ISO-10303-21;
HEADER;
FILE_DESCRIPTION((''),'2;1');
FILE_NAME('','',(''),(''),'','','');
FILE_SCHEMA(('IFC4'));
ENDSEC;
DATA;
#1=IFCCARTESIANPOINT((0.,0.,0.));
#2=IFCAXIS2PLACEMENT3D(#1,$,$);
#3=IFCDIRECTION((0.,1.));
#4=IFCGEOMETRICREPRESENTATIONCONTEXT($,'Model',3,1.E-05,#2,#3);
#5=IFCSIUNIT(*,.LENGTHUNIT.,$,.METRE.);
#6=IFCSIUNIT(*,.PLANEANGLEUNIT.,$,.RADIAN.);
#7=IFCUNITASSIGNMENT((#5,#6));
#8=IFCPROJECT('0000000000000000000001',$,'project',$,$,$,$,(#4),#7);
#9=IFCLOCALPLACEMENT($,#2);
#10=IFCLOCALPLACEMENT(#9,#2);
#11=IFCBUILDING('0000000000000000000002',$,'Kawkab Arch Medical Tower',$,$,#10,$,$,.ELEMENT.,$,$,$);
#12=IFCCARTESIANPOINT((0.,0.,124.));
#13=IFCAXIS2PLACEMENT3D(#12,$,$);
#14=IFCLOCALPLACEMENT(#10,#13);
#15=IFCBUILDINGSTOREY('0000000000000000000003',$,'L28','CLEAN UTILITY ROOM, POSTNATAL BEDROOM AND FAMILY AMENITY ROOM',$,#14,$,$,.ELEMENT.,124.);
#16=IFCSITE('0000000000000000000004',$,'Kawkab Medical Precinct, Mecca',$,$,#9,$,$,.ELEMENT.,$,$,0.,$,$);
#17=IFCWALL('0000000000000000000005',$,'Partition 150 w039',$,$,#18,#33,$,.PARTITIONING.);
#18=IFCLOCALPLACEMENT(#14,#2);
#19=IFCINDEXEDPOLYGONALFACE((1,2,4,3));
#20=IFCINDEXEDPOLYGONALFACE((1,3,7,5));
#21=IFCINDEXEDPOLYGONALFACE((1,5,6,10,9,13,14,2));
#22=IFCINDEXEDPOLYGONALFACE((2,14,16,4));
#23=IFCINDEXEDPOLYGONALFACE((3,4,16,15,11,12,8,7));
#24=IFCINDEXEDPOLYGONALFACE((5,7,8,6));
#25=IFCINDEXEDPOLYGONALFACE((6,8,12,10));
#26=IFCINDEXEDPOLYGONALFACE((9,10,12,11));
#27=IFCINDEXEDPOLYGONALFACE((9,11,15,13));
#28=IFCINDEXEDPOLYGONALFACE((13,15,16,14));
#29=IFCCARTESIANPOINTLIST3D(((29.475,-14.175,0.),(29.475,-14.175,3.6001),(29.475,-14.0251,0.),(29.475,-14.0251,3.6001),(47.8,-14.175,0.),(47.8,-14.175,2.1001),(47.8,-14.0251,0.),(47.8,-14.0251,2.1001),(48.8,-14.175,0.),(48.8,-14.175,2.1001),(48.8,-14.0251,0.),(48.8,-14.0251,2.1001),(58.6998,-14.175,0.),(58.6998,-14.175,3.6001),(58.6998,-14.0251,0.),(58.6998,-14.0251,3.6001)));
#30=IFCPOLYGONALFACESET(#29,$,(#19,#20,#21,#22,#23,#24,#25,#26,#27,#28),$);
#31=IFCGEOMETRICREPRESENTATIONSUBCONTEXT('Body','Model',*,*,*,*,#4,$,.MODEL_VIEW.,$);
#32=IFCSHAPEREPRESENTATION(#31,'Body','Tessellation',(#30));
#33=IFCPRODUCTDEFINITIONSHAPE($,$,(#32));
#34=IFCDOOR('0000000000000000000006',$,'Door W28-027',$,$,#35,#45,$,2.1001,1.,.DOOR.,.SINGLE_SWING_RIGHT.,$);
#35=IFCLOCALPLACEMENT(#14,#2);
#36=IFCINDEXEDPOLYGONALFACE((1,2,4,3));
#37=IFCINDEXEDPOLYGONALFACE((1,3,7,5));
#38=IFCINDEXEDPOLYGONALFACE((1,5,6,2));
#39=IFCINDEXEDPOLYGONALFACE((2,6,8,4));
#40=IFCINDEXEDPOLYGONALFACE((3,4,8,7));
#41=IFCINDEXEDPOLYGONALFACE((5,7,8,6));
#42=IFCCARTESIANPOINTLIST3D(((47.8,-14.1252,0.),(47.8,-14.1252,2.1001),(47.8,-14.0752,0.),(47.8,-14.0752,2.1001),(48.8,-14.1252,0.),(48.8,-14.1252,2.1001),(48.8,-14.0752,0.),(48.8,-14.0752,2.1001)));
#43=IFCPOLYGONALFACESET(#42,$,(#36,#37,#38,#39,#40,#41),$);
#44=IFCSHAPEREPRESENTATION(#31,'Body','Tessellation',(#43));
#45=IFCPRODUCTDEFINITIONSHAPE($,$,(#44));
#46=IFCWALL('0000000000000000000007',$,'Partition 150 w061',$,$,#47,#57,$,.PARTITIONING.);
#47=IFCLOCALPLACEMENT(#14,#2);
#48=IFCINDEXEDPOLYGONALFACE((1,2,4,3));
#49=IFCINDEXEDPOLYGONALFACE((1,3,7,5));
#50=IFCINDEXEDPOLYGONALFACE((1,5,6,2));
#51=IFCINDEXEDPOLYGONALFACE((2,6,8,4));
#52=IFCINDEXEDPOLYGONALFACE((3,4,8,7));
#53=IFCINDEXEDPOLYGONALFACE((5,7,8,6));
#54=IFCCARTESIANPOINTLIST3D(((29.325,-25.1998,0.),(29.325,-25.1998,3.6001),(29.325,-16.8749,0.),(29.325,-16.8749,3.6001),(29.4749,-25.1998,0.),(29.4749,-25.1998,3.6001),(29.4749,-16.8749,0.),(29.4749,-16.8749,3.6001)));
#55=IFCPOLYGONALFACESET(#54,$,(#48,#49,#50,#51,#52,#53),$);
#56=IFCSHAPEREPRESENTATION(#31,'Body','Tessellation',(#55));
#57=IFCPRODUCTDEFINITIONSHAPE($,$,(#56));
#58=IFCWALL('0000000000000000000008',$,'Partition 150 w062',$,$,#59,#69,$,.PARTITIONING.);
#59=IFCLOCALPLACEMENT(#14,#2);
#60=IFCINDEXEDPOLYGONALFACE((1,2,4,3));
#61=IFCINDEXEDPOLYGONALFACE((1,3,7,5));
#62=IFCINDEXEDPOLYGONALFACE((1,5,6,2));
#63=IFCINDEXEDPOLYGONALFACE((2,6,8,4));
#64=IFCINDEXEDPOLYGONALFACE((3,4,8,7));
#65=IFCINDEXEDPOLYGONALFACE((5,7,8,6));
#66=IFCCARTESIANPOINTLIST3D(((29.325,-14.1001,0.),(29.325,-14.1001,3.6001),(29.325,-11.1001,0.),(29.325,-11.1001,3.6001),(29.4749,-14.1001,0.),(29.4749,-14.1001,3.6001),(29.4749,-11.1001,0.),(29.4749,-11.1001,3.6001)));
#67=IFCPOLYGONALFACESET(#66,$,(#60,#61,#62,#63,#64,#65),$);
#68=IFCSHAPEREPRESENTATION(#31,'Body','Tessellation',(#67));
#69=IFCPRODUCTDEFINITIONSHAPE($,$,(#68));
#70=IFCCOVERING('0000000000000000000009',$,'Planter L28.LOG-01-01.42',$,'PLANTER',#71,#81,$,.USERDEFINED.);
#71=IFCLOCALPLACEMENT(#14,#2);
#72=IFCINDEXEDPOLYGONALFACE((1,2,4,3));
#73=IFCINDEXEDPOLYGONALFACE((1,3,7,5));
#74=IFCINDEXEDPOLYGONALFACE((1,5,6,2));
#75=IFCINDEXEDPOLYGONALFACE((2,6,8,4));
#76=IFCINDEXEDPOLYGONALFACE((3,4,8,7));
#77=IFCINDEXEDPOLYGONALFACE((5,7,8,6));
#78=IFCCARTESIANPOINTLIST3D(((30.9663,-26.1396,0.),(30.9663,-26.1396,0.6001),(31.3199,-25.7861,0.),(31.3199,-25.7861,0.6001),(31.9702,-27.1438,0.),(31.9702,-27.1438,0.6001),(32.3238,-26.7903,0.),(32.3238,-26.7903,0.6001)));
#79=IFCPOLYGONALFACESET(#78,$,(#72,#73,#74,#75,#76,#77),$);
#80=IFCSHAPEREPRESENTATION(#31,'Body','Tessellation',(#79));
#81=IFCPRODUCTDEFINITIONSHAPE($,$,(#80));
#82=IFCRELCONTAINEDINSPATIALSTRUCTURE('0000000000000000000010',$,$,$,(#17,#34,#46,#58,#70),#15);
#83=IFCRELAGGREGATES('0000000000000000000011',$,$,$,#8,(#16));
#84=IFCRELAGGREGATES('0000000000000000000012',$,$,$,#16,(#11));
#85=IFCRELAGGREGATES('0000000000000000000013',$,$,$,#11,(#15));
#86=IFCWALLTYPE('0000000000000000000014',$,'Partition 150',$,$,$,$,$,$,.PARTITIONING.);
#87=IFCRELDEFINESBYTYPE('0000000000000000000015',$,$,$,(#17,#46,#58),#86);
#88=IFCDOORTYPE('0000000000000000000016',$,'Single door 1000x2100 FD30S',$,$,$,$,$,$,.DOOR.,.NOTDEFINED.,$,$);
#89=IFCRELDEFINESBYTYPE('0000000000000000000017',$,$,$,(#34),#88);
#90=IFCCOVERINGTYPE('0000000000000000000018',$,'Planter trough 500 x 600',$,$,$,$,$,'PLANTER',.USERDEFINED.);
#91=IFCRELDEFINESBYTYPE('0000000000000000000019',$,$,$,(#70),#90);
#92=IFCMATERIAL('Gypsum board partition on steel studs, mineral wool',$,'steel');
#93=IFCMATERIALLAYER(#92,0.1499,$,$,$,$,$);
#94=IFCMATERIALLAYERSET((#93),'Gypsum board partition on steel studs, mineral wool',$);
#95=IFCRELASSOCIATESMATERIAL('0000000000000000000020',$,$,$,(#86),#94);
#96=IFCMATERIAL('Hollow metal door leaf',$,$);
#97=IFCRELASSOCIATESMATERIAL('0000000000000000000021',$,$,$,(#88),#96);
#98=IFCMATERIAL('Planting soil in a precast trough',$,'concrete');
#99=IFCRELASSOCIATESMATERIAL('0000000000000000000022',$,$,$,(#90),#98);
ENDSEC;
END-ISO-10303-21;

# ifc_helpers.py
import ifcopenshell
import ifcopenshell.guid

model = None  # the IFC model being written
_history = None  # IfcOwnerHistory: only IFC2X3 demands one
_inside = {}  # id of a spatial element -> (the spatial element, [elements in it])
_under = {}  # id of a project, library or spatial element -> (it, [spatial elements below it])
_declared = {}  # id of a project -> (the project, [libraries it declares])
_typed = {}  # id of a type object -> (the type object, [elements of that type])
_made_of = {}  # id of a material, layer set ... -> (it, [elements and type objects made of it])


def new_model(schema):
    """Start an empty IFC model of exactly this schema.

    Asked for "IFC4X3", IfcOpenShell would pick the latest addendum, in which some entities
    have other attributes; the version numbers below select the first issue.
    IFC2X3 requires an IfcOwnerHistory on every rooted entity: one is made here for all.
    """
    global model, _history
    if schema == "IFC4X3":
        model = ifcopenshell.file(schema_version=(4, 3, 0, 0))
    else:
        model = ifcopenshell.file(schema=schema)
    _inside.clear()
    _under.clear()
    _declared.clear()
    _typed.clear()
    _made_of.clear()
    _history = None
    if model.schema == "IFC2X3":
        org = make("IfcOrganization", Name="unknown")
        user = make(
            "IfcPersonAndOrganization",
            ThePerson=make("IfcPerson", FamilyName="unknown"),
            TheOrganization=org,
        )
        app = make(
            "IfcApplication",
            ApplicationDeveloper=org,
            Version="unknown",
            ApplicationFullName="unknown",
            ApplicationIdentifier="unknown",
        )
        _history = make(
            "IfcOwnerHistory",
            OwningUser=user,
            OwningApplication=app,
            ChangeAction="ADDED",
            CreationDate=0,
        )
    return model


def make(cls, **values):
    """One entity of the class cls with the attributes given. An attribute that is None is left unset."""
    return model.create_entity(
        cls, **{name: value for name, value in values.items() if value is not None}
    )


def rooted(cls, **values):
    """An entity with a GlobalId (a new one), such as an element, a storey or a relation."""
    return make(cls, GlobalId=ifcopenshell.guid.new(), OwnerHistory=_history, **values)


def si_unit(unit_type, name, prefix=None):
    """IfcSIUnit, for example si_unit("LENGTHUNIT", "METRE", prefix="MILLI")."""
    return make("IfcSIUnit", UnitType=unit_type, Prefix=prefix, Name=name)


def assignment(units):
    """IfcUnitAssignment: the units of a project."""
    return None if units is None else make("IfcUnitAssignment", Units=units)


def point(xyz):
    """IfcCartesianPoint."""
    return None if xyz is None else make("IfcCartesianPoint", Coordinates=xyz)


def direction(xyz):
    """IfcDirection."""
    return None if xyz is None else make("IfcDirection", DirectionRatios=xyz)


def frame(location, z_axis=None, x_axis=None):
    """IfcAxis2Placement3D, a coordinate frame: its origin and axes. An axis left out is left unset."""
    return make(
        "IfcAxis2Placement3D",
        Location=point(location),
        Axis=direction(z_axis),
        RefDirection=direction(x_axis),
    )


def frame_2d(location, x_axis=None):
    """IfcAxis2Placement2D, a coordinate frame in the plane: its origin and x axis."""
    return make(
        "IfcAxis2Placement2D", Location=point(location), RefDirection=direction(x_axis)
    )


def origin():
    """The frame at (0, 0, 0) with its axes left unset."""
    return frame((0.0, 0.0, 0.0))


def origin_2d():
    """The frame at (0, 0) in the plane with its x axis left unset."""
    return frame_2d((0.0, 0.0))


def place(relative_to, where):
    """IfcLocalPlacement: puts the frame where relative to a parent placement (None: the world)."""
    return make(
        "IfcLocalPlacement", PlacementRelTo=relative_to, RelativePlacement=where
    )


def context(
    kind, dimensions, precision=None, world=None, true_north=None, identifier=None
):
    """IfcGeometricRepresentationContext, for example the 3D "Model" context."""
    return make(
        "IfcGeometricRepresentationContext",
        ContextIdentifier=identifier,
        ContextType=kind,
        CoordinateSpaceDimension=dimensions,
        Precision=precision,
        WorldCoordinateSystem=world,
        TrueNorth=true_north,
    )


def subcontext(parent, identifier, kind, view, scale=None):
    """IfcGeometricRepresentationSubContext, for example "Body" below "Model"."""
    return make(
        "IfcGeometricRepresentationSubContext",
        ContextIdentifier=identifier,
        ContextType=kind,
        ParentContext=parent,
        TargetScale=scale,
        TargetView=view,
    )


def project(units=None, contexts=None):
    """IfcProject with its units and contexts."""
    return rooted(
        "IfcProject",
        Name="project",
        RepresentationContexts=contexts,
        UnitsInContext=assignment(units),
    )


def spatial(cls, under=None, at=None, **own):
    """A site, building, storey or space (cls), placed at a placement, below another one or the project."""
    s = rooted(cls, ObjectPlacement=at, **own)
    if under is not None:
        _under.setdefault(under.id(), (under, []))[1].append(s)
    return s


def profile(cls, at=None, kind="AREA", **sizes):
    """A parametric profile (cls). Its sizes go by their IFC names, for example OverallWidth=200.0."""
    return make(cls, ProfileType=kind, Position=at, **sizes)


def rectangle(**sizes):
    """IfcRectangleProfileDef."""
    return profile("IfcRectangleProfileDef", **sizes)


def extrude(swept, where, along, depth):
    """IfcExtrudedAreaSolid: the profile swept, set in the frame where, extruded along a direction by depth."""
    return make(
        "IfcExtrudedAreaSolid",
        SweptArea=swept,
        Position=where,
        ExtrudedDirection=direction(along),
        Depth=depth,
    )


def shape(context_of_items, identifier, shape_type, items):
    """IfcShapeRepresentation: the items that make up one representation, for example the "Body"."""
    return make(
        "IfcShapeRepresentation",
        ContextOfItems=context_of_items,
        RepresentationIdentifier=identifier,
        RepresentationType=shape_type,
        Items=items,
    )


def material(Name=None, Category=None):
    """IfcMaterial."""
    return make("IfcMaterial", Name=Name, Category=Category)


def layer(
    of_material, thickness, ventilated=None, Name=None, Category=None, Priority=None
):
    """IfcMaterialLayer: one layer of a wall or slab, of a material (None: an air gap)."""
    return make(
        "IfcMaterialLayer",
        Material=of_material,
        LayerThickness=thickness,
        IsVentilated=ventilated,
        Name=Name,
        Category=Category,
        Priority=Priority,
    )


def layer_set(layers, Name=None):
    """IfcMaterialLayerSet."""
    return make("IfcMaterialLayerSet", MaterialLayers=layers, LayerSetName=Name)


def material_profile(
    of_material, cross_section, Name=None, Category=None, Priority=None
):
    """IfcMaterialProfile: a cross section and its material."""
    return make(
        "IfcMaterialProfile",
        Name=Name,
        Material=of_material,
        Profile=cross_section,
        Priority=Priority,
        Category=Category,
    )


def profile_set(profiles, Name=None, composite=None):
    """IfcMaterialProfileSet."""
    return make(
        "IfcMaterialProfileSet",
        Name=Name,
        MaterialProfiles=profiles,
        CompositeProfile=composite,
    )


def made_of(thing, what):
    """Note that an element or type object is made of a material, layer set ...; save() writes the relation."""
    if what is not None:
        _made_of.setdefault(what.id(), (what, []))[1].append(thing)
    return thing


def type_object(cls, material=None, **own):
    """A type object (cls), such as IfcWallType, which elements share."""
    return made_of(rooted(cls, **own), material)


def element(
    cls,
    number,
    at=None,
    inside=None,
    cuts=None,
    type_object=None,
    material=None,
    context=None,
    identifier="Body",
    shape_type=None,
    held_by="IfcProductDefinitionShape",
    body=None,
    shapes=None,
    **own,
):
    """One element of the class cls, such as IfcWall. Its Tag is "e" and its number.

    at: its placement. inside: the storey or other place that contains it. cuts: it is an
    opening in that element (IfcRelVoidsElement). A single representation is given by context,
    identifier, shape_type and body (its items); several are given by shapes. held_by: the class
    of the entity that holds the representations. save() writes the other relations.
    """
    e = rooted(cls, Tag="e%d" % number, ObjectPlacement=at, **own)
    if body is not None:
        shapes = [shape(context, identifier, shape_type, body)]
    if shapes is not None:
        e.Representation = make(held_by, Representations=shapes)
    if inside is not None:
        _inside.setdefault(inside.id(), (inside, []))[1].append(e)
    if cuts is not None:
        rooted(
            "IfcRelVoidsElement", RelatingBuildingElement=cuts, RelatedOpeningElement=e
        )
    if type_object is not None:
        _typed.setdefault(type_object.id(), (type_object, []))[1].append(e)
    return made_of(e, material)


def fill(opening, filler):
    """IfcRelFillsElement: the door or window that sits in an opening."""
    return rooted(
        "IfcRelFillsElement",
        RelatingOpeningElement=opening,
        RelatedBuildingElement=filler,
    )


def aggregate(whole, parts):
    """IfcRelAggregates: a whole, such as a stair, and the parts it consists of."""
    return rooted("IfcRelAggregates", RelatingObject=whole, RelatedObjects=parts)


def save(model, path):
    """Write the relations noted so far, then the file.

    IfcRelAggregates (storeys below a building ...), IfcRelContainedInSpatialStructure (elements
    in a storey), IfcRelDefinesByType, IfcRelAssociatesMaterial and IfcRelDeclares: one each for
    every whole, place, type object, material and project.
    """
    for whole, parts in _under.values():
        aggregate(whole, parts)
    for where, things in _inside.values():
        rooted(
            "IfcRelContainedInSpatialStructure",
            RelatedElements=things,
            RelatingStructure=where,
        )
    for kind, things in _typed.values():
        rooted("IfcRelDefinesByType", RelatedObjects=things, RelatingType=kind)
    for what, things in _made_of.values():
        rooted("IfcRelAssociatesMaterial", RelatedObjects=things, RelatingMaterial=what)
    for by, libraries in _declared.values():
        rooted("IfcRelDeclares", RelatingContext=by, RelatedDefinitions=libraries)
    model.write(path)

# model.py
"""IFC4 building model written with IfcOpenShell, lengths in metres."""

from ifc_helpers import new_model, si_unit, direction, frame, frame_2d, origin, origin_2d, place, context, subcontext, project, spatial, rectangle, extrude, material, layer, layer_set, material_profile, profile_set, type_object, element, fill, save


model = new_model("IFC4")

# Units and contexts
model_context = context("Model", 3, precision=1e-05, world=origin(), true_north=direction((0.0, 1.0)))
body_context = subcontext(model_context, "Body", "Model", "MODEL_VIEW")
ifc_project = project(units=[si_unit("LENGTHUNIT", "METRE"), si_unit("PLANEANGLEUNIT", "RADIAN")], contexts=[model_context])

# Site, building, storey
site_placement = place(None, origin())
site = spatial("IfcSite", under=ifc_project, at=site_placement, Name="Kawkab Medical Precinct, Mecca", CompositionType="ELEMENT", RefElevation=0.0)
building_placement = place(site_placement, origin())
building = spatial("IfcBuilding", under=site, at=building_placement, Name="Kawkab Arch Medical Tower", CompositionType="ELEMENT")
storey_placement = place(building_placement, frame((0.0, 0.0, 124.0)))
storey = spatial("IfcBuildingStorey", under=building, at=storey_placement, Name="L28", Description="CLEAN UTILITY ROOM, POSTNATAL BEDROOM AND FAMILY AMENITY ROOM", CompositionType="ELEMENT", Elevation=124.0)

# Shared definitions
ifc_material_1 = material(Name="Gypsum board partition on steel studs, mineral wool", Category="steel")
ifc_layer_1 = layer(ifc_material_1, 0.1499)
ifc_layer_set_1 = layer_set([ifc_layer_1], Name="Gypsum board partition on steel studs, mineral wool")
wall_type_1 = type_object("IfcWallType", Name="Partition 150", PredefinedType="PARTITIONING", material=ifc_layer_set_1)

# Shared definitions
ifc_material_2 = material(Name="Hollow metal door leaf")
door_type_1 = type_object("IfcDoorType", Name="Single door 1000x2100 FD30S", OperationType="NOTDEFINED", PredefinedType="DOOR", material=ifc_material_2)

# Wall, opening, door
wall_1_placement = place(storey_placement, frame((29.4751, -14.1001, 0.0), z_axis=(0.0, 0.0, 1.0), x_axis=(1.0, 0.0, 0.0)))
wall_1 = element("IfcWall", 1, at=wall_1_placement, inside=storey, type_object=wall_type_1, Name="Partition 150 w039", PredefinedType="PARTITIONING", context=body_context, shape_type="SweptSolid", body=[
    extrude(rectangle(XDim=29.2249, YDim=0.1499, at=frame_2d((14.6123, 0.0))), origin(), (0.0, 0.0, 1.0), 3.6001),
])
opening_1_placement = place(wall_1_placement, frame((18.325, 0.0, 0.0)))
opening_1 = element("IfcOpeningElement", 2, at=opening_1_placement, cuts=wall_1, PredefinedType="OPENING", context=body_context, shape_type="SweptSolid", body=[
    extrude(rectangle(XDim=1.0, YDim=2.1001, at=frame_2d((0.5, 1.05))), frame((0.0, 0.085, 0.0), z_axis=(0.0, -1.0, 0.0), x_axis=(1.0, 0.0, 0.0)), (0.0, 0.0, 1.0), 0.1699),
])
door_1_placement = place(opening_1_placement, origin())
door_1 = element("IfcDoor", 3, at=door_1_placement, inside=storey, type_object=door_type_1, Name="Door W28-027", OperationType="SINGLE_SWING_RIGHT", OverallHeight=2.1001, OverallWidth=1.0, PredefinedType="DOOR", context=body_context, shape_type="SweptSolid", body=[
    extrude(rectangle(XDim=1.0, YDim=2.1001, at=frame_2d((0.5, 1.05))), frame((0.0, 0.0249, 0.0), z_axis=(0.0, -1.0, 0.0), x_axis=(1.0, 0.0, 0.0)), (0.0, 0.0, 1.0), 0.05),
])
fill(opening_1, door_1)

# Walls
wall_2_placement = place(storey_placement, frame((29.3999, -25.2, 0.0), z_axis=(0.0, 0.0, 1.0), x_axis=(0.0, 1.0, 0.0)))
element("IfcWall", 4, at=wall_2_placement, inside=storey, type_object=wall_type_1, Name="Partition 150 w061", PredefinedType="PARTITIONING", context=body_context, shape_type="SweptSolid", body=[
    extrude(rectangle(XDim=8.325, YDim=0.1499, at=frame_2d((4.1626, 0.0))), origin(), (0.0, 0.0, 1.0), 3.6001),
])
wall_3_placement = place(storey_placement, frame((29.3999, -14.1001, 0.0), z_axis=(0.0, 0.0, 1.0), x_axis=(0.0, 1.0, 0.0)))
element("IfcWall", 5, at=wall_3_placement, inside=storey, type_object=wall_type_1, Name="Partition 150 w062", PredefinedType="PARTITIONING", context=body_context, shape_type="SweptSolid", body=[
    extrude(rectangle(XDim=3.0, YDim=0.1499, at=frame_2d((1.5, 0.0))), origin(), (0.0, 0.0, 1.0), 3.6001),
])

# Covering
ifc_material_3 = material(Name="Planting soil in a precast trough", Category="concrete")
ifc_material_profile_1 = material_profile(ifc_material_3, rectangle(XDim=0.5, YDim=0.6001, at=origin_2d()), Name="Trough 500x600")
ifc_profile_set_1 = profile_set([ifc_material_profile_1], Name="Planting soil in a precast trough")
covering_type = type_object("IfcCoveringType", Name="Planter trough 500 x 600", ElementType="PLANTER", PredefinedType="USERDEFINED", material=ifc_profile_set_1)
covering_placement = place(storey_placement, frame((31.1431, -25.9629, 0.3), z_axis=(0.707021, -0.707193, 0.0), x_axis=(0.707193, 0.707021, 0.0)))
element("IfcCovering", 6, at=covering_placement, inside=storey, type_object=covering_type, Name="Planter L28.LOG-01-01.42", ObjectType="PLANTER", PredefinedType="USERDEFINED", context=body_context, shape_type="SweptSolid", body=[
    extrude(rectangle(XDim=0.5, YDim=0.6001, at=origin_2d()), origin(), (0.0, 0.0, 1.0), 1.4199),
])

save(model, "model.ifc")
